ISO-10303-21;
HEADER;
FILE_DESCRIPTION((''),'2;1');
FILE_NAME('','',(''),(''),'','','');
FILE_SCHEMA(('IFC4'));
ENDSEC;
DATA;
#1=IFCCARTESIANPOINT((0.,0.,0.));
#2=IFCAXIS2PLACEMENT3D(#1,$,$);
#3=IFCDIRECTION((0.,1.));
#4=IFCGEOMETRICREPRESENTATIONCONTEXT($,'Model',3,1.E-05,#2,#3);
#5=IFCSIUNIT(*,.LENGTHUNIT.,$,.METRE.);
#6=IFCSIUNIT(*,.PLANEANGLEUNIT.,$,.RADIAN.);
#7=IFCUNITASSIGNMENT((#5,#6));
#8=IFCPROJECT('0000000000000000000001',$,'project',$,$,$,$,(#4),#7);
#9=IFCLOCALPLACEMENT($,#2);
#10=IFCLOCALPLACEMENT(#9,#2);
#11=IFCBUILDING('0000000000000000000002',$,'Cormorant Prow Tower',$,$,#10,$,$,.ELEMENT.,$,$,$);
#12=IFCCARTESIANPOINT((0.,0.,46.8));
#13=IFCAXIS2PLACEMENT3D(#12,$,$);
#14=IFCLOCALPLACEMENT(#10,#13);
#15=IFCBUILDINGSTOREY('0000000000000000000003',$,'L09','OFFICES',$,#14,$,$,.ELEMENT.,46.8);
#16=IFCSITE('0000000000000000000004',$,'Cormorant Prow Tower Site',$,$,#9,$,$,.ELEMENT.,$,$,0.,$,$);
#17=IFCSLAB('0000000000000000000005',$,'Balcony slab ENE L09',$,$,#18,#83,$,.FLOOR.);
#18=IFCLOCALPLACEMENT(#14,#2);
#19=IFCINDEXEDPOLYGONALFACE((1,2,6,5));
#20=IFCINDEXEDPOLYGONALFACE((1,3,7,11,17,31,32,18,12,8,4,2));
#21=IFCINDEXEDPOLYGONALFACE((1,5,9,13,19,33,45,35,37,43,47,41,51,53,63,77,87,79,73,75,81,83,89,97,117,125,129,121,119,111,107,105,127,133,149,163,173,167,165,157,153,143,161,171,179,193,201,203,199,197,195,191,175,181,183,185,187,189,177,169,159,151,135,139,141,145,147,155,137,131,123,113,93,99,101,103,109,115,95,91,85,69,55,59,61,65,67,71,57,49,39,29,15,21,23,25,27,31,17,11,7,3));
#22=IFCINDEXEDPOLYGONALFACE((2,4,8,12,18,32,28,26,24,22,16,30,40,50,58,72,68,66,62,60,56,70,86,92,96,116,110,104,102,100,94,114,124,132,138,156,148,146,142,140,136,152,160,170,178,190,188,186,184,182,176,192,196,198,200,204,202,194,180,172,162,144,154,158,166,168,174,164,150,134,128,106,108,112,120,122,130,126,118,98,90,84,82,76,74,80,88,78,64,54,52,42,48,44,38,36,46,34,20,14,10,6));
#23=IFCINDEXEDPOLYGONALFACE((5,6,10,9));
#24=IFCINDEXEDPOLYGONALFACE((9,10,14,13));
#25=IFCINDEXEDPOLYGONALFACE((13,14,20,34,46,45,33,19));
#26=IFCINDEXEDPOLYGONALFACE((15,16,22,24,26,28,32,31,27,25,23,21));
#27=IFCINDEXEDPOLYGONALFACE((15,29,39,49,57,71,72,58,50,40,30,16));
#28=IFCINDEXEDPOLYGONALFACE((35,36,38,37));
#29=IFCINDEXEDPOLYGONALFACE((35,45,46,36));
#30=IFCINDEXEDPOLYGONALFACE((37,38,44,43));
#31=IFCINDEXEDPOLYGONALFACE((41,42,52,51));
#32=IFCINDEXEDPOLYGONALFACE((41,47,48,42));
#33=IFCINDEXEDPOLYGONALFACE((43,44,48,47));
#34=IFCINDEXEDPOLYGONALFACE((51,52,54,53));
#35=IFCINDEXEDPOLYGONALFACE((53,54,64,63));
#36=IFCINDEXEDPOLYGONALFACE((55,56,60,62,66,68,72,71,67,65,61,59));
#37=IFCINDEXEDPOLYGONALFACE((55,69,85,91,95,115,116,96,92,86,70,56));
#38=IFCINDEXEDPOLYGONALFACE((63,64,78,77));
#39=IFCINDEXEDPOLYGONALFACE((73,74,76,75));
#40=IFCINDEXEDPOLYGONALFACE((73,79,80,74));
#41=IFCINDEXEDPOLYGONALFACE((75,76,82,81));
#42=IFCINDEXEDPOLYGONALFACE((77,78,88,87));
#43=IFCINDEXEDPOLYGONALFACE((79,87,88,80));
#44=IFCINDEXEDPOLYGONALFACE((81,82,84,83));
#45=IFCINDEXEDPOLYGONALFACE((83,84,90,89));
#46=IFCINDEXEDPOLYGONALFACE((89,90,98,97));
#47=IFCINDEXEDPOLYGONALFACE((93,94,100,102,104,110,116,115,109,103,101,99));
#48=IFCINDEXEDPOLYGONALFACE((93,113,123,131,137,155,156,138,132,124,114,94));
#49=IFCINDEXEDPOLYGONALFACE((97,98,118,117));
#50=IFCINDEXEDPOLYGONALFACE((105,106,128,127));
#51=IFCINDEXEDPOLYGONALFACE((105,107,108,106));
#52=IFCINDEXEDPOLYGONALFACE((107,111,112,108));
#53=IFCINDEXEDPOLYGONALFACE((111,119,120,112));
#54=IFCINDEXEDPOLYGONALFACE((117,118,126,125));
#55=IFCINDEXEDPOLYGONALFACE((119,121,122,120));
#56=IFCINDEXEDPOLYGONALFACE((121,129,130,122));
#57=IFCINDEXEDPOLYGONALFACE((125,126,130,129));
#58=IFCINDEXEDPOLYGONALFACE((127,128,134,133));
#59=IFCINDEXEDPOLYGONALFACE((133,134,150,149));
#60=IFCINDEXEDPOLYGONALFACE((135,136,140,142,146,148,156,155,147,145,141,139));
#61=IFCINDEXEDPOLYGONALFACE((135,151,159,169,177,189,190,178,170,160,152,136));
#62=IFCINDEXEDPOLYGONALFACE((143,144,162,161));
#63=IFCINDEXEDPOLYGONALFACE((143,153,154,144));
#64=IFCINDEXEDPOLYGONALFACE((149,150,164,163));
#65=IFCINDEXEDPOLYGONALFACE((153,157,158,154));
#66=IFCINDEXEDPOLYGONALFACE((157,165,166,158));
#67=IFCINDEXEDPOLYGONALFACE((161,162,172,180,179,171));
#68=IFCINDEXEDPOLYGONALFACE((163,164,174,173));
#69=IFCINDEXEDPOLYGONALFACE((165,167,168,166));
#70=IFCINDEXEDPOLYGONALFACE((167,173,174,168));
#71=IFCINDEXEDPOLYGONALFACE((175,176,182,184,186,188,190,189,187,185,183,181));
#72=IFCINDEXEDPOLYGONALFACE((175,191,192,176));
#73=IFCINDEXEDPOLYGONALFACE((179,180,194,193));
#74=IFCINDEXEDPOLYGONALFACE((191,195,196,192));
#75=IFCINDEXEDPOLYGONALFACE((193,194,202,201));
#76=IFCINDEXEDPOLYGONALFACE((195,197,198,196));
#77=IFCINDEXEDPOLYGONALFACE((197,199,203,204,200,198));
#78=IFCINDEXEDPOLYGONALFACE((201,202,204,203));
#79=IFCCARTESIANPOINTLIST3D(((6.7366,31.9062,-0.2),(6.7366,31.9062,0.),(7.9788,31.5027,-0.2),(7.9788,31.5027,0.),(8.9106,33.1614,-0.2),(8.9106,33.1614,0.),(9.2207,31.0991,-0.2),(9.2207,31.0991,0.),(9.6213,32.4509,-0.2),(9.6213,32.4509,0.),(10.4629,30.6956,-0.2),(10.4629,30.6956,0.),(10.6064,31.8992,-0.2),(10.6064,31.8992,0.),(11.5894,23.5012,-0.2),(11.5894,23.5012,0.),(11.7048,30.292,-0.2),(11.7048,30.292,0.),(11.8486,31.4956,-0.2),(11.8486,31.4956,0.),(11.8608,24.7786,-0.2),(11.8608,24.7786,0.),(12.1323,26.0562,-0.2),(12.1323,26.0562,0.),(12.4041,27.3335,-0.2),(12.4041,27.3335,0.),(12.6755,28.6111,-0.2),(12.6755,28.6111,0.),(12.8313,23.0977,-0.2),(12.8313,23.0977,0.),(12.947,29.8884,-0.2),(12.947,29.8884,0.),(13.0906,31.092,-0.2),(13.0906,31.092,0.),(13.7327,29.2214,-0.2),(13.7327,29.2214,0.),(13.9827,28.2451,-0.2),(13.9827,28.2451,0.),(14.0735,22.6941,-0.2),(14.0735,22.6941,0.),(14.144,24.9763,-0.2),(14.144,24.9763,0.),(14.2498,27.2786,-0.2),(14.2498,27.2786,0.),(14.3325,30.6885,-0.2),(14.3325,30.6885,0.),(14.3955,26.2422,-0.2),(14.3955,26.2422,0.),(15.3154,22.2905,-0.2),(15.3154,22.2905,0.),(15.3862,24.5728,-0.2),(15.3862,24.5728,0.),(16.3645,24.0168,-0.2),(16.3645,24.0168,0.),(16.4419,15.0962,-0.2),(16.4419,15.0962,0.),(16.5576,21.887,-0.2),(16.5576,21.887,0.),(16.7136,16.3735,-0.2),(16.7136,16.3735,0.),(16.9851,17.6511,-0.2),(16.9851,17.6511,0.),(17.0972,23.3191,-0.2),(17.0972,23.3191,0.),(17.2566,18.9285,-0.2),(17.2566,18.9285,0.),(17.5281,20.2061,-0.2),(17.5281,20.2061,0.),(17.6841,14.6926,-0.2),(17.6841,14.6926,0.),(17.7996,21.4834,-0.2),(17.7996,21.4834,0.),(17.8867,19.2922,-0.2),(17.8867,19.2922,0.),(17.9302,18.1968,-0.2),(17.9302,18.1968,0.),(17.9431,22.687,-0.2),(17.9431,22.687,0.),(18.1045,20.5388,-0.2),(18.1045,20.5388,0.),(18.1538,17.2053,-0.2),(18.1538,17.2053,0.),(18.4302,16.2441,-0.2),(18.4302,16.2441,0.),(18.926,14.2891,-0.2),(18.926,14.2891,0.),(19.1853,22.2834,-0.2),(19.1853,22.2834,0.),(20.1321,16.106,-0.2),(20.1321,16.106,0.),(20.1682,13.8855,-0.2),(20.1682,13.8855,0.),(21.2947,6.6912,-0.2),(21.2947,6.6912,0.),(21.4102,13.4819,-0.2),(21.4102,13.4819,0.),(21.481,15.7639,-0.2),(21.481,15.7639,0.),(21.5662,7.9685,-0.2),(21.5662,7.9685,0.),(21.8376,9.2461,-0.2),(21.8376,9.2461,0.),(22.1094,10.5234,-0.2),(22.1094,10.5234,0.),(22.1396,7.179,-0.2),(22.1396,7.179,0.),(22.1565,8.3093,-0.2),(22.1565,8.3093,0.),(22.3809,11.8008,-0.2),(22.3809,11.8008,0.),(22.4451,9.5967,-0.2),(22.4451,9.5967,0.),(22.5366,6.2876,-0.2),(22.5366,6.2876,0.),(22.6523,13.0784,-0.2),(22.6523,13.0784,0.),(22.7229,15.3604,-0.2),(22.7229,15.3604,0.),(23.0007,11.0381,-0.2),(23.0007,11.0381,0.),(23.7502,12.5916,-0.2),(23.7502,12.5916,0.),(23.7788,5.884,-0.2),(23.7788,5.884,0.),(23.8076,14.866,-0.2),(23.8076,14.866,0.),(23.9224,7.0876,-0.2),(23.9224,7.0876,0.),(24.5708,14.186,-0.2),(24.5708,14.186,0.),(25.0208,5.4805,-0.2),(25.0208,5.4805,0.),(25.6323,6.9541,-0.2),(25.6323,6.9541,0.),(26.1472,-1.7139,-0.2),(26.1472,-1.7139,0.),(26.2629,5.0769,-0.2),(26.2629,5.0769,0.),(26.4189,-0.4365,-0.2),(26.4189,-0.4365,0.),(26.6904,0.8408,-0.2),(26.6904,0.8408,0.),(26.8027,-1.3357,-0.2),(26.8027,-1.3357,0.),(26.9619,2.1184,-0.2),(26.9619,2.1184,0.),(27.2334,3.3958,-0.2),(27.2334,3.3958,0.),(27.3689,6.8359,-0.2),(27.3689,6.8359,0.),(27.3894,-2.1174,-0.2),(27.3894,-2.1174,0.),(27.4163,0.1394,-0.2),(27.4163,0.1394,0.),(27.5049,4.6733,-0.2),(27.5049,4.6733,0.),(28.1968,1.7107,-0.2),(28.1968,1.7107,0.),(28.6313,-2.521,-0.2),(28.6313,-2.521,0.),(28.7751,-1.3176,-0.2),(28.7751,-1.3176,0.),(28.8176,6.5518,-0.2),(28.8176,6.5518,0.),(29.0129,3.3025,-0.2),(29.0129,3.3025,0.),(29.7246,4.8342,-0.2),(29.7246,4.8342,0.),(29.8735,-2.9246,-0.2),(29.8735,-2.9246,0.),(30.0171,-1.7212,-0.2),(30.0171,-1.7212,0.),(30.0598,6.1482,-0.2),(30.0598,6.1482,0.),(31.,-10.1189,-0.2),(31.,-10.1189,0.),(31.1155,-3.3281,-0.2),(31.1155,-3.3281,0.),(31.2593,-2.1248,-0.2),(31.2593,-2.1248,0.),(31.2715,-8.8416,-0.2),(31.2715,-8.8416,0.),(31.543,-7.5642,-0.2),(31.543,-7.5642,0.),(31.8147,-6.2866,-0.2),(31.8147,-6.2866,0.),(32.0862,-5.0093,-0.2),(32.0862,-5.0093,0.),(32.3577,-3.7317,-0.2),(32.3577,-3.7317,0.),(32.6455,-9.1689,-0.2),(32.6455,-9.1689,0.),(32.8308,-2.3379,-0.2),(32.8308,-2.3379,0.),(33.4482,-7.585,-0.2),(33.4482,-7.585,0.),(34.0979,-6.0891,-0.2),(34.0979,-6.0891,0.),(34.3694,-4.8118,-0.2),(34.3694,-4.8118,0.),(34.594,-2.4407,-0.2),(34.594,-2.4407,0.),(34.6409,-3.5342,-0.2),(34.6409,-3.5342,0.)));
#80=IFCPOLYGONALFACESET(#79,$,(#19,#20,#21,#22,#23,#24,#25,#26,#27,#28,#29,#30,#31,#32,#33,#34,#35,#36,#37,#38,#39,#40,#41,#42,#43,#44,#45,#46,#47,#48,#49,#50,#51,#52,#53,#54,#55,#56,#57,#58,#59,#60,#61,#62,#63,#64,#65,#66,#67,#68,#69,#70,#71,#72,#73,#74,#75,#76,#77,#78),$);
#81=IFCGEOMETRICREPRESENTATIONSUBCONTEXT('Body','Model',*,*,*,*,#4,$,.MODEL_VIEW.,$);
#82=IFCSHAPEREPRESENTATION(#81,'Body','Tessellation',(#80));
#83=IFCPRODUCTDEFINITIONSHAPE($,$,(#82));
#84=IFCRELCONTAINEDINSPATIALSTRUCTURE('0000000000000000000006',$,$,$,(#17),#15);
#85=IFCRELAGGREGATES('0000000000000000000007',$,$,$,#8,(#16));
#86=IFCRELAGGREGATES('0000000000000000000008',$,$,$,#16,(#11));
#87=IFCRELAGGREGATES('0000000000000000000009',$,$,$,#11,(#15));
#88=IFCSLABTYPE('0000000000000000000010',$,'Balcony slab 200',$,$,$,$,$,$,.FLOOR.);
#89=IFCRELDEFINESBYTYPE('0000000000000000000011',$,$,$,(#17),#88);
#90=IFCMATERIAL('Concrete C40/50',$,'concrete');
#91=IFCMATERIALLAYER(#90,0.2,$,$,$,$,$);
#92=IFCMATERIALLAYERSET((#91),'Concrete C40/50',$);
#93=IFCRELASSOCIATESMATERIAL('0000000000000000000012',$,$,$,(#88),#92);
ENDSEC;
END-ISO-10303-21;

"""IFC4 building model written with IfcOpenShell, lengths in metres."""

from ifc_helpers import new_model, si_unit, direction, frame, origin, place, context, subcontext, project, spatial, polyline, outline, extrude, material, layer, layer_set, type_object, element, save


model = new_model("IFC4")

# Units and contexts
model_context = context("Model", 3, precision=1e-05, world=origin(), true_north=direction((0.0, 1.0)))
body_context = subcontext(model_context, "Body", "Model", "MODEL_VIEW")
ifc_project = project(units=[si_unit("LENGTHUNIT", "METRE"), si_unit("PLANEANGLEUNIT", "RADIAN")], contexts=[model_context])

# Site, building, storey
site_placement = place(None, origin())
site = spatial("IfcSite", under=ifc_project, at=site_placement, Name="Cormorant Prow Tower Site", CompositionType="ELEMENT", RefElevation=0.0)
building_placement = place(site_placement, origin())
building = spatial("IfcBuilding", under=site, at=building_placement, Name="Cormorant Prow Tower", CompositionType="ELEMENT")
storey_placement = place(building_placement, frame((0.0, 0.0, 46.8)))
storey = spatial("IfcBuildingStorey", under=building, at=storey_placement, Name="L09", Description="OFFICES", CompositionType="ELEMENT", Elevation=46.8)

# Slab
ifc_material_1 = material(Name="Concrete C40/50", Category="concrete")
ifc_layer_1 = layer(ifc_material_1, 0.2)
ifc_layer_set_1 = layer_set([ifc_layer_1], Name="Concrete C40/50")
slab_type_1 = type_object("IfcSlabType", Name="Balcony slab 200", PredefinedType="FLOOR", material=ifc_layer_set_1)
slab_1_placement = place(storey_placement, frame((0.0, 0.0, -0.2)))
element("IfcSlab", 1, at=slab_1_placement, inside=storey, type_object=slab_type_1, Name="Balcony slab ENE L09", PredefinedType="FLOOR", context=body_context, shape_type="SweptSolid", body=[
    extrude(outline(polyline([(31.0, -10.1189), (32.6455, -9.1689), (33.4482, -7.585), (34.0979, -6.0891), (34.3694, -4.8118), (34.6409, -3.5342), (34.594, -2.4407), (32.8308, -2.3379), (31.2593, -2.1248), (30.0171, -1.7212), (28.7751, -1.3176), (26.8027, -1.3357), (27.4163, 0.1394), (28.1968, 1.7107), (29.0129, 3.3025), (29.7246, 4.8342), (30.0598, 6.1482), (28.8176, 6.5518), (27.3689, 6.8359), (25.6323, 6.9541), (23.9224, 7.0876), (22.1396, 7.179), (22.1565, 8.3093), (22.4451, 9.5967), (23.0007, 11.0381), (23.7502, 12.5916), (24.5708, 14.186), (23.8076, 14.866), (22.7229, 15.3604), (21.481, 15.7639), (20.1321, 16.106), (18.4302, 16.2441), (18.1538, 17.2053), (17.9302, 18.1968), (17.8867, 19.2922), (18.1045, 20.5388), (19.1853, 22.2834), (17.9431, 22.687), (17.0972, 23.3191), (16.3645, 24.0168), (15.3862, 24.5728), (14.144, 24.9763), (14.3955, 26.2422), (14.2498, 27.2786), (13.9827, 28.2451), (13.7327, 29.2214), (14.3325, 30.6885), (13.0906, 31.092), (11.8486, 31.4956), (10.6064, 31.8992), (9.6213, 32.4509), (8.9106, 33.1614), (6.7366, 31.9062), (7.9788, 31.5027), (9.2207, 31.0991), (10.4629, 30.6956), (11.7048, 30.292), (12.947, 29.8884), (12.6755, 28.6111), (12.4041, 27.3335), (12.1323, 26.0562), (11.8608, 24.7786), (11.5894, 23.5012), (12.8313, 23.0977), (14.0735, 22.6941), (15.3154, 22.2905), (16.5576, 21.887), (17.7996, 21.4834), (17.5281, 20.2061), (17.2566, 18.9285), (16.9851, 17.6511), (16.7136, 16.3735), (16.4419, 15.0962), (17.6841, 14.6926), (18.926, 14.2891), (20.1682, 13.8855), (21.4102, 13.4819), (22.6523, 13.0784), (22.3809, 11.8008), (22.1094, 10.5234), (21.8376, 9.2461), (21.5662, 7.9685), (21.2947, 6.6912), (22.5366, 6.2876), (23.7788, 5.884), (25.0208, 5.4805), (26.2629, 5.0769), (27.5049, 4.6733), (27.2334, 3.3958), (26.9619, 2.1184), (26.6904, 0.8408), (26.4189, -0.4365), (26.1472, -1.7139), (27.3894, -2.1174), (28.6313, -2.521), (29.8735, -2.9246), (31.1155, -3.3281), (32.3577, -3.7317), (32.0862, -5.0093), (31.8147, -6.2866), (31.543, -7.5642), (31.2715, -8.8416), (31.0, -10.1189)])), origin(), (0.0, 0.0, 1.0), 0.2),
])

save(model, "model.ifc")
